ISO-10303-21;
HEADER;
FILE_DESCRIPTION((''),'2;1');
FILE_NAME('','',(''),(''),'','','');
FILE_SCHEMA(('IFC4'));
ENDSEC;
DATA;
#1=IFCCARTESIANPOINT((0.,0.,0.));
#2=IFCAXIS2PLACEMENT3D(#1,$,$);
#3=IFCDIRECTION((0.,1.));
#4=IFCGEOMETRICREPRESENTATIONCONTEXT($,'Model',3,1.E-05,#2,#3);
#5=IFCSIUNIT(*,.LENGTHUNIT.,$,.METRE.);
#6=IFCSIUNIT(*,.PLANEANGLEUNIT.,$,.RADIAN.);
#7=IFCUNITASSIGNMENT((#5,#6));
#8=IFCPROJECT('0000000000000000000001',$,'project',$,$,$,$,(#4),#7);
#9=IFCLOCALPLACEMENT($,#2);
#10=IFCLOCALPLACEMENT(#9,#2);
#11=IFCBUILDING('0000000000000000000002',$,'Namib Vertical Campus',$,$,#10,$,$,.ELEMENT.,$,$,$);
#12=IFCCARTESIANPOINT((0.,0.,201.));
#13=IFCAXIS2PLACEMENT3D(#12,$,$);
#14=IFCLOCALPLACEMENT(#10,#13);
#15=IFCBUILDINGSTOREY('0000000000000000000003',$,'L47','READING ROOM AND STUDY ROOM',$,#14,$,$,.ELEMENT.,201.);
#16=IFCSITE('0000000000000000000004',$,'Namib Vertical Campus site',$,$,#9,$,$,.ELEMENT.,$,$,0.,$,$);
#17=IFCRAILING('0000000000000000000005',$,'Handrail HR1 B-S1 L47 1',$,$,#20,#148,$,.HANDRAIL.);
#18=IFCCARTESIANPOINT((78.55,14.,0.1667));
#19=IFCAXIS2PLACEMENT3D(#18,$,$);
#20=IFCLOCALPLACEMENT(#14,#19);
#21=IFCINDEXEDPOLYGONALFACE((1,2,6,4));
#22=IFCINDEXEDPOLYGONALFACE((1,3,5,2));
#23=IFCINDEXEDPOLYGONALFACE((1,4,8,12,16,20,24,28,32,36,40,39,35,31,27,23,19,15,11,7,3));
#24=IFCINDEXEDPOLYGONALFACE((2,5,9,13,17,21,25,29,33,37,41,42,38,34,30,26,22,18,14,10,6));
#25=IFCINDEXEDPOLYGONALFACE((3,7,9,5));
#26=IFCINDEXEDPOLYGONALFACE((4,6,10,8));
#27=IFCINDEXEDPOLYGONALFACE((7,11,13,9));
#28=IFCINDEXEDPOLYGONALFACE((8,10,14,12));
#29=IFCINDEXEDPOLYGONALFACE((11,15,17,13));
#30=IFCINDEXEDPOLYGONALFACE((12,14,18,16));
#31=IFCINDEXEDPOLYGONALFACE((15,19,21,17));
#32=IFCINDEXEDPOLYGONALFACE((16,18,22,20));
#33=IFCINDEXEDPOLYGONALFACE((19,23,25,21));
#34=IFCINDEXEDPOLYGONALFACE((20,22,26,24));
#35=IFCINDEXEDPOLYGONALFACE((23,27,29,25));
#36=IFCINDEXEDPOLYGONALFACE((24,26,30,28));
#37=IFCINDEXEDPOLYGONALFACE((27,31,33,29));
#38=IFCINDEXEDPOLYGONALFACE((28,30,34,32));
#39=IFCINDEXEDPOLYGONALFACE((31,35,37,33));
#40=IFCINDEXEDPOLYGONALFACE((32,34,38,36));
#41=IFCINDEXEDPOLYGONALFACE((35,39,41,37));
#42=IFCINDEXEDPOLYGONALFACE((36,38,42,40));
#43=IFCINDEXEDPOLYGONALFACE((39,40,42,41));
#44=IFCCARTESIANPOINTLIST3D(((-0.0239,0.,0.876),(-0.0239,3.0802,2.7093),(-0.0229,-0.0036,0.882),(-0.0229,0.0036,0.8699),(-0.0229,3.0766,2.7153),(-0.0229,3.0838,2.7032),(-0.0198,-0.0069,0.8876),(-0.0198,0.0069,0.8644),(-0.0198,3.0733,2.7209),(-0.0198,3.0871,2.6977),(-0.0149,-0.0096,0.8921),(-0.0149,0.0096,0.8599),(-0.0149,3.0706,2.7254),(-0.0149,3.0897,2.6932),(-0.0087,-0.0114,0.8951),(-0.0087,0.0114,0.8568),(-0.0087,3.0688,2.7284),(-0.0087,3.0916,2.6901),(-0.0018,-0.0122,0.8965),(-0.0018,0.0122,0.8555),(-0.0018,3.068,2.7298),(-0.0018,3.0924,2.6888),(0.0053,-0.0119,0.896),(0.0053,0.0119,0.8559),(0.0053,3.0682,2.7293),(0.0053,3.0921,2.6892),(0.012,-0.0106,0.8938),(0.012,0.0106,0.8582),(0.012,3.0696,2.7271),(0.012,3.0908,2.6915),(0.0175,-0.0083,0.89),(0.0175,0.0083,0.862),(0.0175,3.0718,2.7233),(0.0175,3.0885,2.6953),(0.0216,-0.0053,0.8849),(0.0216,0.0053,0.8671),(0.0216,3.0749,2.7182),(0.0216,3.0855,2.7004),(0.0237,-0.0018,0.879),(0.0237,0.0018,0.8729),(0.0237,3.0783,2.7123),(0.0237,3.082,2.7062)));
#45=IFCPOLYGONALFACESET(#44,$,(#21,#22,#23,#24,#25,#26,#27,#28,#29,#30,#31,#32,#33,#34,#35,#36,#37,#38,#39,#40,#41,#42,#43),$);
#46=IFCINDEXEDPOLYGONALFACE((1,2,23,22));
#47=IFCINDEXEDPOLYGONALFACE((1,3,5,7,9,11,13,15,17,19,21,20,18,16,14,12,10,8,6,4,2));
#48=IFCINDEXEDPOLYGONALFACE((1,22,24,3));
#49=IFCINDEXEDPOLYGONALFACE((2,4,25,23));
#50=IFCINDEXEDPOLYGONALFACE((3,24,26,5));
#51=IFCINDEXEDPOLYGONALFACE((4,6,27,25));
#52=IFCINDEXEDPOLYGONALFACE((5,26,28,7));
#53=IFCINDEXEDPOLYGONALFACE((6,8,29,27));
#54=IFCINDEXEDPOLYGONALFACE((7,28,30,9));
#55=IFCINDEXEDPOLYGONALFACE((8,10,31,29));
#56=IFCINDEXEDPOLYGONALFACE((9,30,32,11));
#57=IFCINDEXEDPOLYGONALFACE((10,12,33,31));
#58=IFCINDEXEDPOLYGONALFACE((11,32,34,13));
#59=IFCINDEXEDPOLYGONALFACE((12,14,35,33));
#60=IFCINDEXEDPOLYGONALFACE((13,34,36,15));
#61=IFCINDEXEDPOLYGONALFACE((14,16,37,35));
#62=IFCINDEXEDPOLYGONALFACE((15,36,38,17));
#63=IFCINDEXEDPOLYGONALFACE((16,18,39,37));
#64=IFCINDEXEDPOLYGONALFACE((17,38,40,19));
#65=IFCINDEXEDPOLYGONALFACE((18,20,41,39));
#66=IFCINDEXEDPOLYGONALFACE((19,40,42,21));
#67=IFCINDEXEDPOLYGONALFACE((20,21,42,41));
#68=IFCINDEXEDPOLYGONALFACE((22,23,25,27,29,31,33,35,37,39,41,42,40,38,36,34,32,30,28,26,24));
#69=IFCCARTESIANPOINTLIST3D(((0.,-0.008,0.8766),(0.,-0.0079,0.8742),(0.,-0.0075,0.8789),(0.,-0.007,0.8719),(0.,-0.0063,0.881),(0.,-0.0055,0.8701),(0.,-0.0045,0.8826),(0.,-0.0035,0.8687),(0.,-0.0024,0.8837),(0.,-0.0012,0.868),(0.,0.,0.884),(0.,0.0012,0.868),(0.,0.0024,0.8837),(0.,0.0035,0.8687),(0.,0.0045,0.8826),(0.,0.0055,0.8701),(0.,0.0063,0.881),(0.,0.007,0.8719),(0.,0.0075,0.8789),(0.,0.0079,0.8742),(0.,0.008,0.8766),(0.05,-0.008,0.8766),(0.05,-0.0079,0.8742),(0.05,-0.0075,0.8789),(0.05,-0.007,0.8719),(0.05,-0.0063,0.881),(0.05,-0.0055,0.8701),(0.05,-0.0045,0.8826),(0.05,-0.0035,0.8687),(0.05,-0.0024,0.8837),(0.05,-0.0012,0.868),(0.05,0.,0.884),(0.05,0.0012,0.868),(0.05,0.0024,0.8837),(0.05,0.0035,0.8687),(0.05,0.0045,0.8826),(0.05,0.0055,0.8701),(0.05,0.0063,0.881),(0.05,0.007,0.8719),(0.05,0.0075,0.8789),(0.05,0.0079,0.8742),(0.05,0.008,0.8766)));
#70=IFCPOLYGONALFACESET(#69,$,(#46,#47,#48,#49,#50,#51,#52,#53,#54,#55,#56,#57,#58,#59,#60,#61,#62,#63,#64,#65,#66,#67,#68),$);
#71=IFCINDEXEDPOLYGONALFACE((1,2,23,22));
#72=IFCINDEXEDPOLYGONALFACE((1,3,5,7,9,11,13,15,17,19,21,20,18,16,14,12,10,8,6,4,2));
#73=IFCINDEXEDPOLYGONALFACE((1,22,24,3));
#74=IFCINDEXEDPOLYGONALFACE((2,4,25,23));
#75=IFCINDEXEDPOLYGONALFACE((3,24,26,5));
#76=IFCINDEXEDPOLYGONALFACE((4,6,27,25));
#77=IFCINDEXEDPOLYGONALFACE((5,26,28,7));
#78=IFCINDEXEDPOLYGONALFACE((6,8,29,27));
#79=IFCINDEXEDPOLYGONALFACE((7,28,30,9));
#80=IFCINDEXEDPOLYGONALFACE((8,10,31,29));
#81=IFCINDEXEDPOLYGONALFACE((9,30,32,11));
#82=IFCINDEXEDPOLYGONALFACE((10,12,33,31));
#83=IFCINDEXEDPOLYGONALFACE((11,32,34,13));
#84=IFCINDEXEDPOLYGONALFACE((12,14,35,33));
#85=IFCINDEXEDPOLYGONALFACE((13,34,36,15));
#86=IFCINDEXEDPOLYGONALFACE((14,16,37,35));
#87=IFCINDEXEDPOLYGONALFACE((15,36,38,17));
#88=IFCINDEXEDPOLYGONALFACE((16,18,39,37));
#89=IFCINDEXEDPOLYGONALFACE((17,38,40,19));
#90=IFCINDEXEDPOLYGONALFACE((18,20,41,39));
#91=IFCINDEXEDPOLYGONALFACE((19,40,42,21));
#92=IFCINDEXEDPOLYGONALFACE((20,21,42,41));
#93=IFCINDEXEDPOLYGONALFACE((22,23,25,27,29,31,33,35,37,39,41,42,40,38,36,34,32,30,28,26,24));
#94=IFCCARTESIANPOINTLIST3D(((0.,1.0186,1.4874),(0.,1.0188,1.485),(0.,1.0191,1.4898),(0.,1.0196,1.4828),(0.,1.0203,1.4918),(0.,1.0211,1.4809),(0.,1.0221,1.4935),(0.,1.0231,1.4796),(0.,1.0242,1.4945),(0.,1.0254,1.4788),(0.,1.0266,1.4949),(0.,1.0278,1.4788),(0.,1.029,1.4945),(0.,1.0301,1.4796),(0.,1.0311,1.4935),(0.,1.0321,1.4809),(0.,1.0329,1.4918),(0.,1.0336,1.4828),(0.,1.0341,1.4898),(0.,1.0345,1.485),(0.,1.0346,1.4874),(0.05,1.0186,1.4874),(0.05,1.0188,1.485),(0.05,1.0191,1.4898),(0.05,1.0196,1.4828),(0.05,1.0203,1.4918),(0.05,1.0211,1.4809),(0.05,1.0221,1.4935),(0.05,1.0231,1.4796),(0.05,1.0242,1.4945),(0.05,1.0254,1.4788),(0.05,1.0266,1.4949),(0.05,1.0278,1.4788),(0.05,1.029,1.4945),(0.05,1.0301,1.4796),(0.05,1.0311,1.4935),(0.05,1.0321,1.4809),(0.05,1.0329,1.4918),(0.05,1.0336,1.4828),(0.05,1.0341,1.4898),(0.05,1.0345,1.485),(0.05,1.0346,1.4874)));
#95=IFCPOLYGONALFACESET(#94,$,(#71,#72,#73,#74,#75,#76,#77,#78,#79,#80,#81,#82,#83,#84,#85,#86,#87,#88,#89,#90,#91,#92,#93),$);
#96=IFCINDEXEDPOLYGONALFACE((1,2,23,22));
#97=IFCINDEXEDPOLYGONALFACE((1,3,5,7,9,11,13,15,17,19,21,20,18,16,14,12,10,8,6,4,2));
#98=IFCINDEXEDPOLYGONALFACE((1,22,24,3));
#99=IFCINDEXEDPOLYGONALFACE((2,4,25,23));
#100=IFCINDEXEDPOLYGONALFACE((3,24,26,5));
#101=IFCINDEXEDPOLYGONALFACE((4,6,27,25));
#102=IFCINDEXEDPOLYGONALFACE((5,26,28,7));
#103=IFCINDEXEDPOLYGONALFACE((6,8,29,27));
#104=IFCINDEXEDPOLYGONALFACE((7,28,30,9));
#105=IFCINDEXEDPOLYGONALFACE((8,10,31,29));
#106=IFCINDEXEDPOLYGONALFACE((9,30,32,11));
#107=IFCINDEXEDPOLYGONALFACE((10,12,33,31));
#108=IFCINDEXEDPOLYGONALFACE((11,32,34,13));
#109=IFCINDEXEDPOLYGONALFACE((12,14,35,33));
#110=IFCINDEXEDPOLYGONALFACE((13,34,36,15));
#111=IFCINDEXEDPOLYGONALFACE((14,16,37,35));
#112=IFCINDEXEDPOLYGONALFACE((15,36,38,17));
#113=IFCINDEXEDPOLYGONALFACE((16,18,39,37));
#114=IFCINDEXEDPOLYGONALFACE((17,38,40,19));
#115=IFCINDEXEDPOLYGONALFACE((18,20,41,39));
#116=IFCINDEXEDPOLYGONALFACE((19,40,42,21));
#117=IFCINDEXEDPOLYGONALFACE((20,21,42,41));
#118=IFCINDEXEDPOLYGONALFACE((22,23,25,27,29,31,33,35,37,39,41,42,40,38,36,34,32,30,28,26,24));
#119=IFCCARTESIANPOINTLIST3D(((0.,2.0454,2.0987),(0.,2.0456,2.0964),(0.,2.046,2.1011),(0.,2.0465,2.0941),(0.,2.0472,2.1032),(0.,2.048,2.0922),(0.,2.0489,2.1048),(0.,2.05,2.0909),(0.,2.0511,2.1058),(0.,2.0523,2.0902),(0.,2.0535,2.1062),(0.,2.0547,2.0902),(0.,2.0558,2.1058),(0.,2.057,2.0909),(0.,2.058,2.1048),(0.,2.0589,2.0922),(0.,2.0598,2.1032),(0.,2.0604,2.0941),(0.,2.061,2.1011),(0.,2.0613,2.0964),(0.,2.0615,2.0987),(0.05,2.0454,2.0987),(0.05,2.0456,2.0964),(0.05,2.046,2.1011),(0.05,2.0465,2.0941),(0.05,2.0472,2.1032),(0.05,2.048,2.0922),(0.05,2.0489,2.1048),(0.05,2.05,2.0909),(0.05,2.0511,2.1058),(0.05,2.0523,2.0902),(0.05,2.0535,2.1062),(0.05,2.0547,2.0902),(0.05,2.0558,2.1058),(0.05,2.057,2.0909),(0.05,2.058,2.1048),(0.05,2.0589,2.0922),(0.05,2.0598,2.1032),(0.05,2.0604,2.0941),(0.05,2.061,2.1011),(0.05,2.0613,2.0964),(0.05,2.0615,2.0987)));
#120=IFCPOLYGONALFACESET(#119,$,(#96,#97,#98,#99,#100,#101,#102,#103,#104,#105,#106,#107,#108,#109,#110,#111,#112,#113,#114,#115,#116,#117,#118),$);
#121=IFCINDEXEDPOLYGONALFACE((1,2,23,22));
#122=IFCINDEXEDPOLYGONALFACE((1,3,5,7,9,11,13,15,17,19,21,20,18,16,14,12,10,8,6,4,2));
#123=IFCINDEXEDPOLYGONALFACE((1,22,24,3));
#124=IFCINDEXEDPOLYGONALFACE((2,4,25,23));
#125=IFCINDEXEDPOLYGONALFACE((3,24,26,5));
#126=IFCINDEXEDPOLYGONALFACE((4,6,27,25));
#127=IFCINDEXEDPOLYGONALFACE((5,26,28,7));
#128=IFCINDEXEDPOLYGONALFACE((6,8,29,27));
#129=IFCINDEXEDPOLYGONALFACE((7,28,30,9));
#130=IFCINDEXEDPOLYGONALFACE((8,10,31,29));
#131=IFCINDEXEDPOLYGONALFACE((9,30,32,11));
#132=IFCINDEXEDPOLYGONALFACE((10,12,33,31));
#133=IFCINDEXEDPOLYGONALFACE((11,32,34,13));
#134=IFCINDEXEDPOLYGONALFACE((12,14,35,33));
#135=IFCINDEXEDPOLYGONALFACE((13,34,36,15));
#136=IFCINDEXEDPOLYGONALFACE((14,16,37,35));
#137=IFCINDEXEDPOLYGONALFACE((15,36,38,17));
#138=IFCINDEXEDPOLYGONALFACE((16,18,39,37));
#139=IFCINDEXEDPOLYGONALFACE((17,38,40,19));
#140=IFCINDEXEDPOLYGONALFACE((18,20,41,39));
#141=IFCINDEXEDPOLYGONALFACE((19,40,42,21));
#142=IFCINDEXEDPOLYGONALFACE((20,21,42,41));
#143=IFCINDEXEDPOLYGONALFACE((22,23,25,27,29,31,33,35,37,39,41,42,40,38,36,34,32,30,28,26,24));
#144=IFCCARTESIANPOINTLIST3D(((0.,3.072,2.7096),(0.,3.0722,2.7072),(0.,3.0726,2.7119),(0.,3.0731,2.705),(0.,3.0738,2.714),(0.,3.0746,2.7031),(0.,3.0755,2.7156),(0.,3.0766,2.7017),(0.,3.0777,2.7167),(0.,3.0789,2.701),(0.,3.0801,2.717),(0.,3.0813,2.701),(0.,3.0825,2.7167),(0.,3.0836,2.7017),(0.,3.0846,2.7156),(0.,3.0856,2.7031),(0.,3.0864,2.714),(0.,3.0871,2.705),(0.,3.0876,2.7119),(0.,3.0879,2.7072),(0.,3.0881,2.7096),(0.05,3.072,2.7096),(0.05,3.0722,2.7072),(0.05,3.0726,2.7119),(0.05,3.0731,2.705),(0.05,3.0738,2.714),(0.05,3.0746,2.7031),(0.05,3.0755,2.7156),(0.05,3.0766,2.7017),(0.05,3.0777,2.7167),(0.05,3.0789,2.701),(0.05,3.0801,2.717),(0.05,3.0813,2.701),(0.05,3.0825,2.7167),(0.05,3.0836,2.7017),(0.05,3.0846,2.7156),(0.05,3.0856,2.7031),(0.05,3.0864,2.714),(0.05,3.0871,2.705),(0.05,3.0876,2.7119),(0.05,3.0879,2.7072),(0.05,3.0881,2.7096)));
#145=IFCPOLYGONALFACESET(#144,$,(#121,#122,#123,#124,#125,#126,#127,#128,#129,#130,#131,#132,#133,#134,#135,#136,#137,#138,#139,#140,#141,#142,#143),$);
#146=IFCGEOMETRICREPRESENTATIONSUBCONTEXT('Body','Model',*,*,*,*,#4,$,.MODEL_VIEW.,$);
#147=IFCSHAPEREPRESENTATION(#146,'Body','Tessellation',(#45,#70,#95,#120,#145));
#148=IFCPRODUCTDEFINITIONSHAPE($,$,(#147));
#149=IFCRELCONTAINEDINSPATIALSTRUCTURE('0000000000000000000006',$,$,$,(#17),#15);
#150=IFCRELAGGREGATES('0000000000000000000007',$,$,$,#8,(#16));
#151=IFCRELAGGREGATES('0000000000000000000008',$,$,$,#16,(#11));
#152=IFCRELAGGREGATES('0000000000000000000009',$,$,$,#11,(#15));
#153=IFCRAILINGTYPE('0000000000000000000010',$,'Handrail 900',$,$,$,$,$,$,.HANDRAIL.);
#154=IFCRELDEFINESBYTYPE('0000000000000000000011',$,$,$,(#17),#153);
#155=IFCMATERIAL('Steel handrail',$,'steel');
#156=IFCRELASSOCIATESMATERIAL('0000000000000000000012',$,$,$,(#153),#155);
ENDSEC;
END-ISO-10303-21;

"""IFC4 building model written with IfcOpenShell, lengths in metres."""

from ifc_helpers import new_model, si_unit, direction, frame, origin, origin_2d, place, context, subcontext, project, spatial, circle, extrude, material, type_object, element, save


model = new_model("IFC4")

# Units and contexts
model_context = context("Model", 3, precision=1e-05, world=origin(), true_north=direction((0.0, 1.0)))
body_context = subcontext(model_context, "Body", "Model", "MODEL_VIEW")
ifc_project = project(units=[si_unit("LENGTHUNIT", "METRE"), si_unit("PLANEANGLEUNIT", "RADIAN")], contexts=[model_context])

# Site, building, storey
site_placement = place(None, origin())
site = spatial("IfcSite", under=ifc_project, at=site_placement, Name="Namib Vertical Campus site", CompositionType="ELEMENT", RefElevation=0.0)
building_placement = place(site_placement, origin())
building = spatial("IfcBuilding", under=site, at=building_placement, Name="Namib Vertical Campus", CompositionType="ELEMENT")
storey_placement = place(building_placement, frame((0.0, 0.0, 201.0)))
storey = spatial("IfcBuildingStorey", under=building, at=storey_placement, Name="L47", Description="READING ROOM AND STUDY ROOM", CompositionType="ELEMENT", Elevation=201.0)

# Railing
ifc_material_1 = material(Name="Steel handrail", Category="steel")
railing_type_1 = type_object("IfcRailingType", Name="Handrail 900", PredefinedType="HANDRAIL", material=ifc_material_1)
railing_1_placement = place(storey_placement, frame((78.55, 14.0, 0.1667)))
element("IfcRailing", 1, at=railing_1_placement, inside=storey, type_object=railing_type_1, Name="Handrail HR1 B-S1 L47 1", PredefinedType="HANDRAIL", context=body_context, shape_type="SweptSolid", body=[
    extrude(circle(Radius=0.0239, at=origin_2d()), frame((0.0, 0.0, 0.876), z_axis=(0.0, 0.859309, 0.511458), x_axis=(-1.0, 0.0, 0.0)), (0.0, 0.0, 1.0), 3.5845),
    extrude(circle(Radius=0.0081, at=origin_2d()), frame((0.0, 0.0, 0.876), z_axis=(1.0, 0.0, 0.0), x_axis=(0.0, 0.0, 1.0)), (0.0, 0.0, 1.0), 0.05),
    extrude(circle(Radius=0.0081, at=origin_2d()), frame((0.0, 1.0266, 1.4868), z_axis=(1.0, 0.0, 0.0), x_axis=(0.0, 0.0, 1.0)), (0.0, 0.0, 1.0), 0.05),
    extrude(circle(Radius=0.0081, at=origin_2d()), frame((0.0, 2.0535, 2.0981), z_axis=(1.0, 0.0, 0.0), x_axis=(0.0, 0.0, 1.0)), (0.0, 0.0, 1.0), 0.05),
    extrude(circle(Radius=0.0081, at=origin_2d()), frame((0.0, 3.0801, 2.709), z_axis=(1.0, 0.0, 0.0), x_axis=(0.0, 0.0, 1.0)), (0.0, 0.0, 1.0), 0.05),
])

save(model, "model.ifc")
